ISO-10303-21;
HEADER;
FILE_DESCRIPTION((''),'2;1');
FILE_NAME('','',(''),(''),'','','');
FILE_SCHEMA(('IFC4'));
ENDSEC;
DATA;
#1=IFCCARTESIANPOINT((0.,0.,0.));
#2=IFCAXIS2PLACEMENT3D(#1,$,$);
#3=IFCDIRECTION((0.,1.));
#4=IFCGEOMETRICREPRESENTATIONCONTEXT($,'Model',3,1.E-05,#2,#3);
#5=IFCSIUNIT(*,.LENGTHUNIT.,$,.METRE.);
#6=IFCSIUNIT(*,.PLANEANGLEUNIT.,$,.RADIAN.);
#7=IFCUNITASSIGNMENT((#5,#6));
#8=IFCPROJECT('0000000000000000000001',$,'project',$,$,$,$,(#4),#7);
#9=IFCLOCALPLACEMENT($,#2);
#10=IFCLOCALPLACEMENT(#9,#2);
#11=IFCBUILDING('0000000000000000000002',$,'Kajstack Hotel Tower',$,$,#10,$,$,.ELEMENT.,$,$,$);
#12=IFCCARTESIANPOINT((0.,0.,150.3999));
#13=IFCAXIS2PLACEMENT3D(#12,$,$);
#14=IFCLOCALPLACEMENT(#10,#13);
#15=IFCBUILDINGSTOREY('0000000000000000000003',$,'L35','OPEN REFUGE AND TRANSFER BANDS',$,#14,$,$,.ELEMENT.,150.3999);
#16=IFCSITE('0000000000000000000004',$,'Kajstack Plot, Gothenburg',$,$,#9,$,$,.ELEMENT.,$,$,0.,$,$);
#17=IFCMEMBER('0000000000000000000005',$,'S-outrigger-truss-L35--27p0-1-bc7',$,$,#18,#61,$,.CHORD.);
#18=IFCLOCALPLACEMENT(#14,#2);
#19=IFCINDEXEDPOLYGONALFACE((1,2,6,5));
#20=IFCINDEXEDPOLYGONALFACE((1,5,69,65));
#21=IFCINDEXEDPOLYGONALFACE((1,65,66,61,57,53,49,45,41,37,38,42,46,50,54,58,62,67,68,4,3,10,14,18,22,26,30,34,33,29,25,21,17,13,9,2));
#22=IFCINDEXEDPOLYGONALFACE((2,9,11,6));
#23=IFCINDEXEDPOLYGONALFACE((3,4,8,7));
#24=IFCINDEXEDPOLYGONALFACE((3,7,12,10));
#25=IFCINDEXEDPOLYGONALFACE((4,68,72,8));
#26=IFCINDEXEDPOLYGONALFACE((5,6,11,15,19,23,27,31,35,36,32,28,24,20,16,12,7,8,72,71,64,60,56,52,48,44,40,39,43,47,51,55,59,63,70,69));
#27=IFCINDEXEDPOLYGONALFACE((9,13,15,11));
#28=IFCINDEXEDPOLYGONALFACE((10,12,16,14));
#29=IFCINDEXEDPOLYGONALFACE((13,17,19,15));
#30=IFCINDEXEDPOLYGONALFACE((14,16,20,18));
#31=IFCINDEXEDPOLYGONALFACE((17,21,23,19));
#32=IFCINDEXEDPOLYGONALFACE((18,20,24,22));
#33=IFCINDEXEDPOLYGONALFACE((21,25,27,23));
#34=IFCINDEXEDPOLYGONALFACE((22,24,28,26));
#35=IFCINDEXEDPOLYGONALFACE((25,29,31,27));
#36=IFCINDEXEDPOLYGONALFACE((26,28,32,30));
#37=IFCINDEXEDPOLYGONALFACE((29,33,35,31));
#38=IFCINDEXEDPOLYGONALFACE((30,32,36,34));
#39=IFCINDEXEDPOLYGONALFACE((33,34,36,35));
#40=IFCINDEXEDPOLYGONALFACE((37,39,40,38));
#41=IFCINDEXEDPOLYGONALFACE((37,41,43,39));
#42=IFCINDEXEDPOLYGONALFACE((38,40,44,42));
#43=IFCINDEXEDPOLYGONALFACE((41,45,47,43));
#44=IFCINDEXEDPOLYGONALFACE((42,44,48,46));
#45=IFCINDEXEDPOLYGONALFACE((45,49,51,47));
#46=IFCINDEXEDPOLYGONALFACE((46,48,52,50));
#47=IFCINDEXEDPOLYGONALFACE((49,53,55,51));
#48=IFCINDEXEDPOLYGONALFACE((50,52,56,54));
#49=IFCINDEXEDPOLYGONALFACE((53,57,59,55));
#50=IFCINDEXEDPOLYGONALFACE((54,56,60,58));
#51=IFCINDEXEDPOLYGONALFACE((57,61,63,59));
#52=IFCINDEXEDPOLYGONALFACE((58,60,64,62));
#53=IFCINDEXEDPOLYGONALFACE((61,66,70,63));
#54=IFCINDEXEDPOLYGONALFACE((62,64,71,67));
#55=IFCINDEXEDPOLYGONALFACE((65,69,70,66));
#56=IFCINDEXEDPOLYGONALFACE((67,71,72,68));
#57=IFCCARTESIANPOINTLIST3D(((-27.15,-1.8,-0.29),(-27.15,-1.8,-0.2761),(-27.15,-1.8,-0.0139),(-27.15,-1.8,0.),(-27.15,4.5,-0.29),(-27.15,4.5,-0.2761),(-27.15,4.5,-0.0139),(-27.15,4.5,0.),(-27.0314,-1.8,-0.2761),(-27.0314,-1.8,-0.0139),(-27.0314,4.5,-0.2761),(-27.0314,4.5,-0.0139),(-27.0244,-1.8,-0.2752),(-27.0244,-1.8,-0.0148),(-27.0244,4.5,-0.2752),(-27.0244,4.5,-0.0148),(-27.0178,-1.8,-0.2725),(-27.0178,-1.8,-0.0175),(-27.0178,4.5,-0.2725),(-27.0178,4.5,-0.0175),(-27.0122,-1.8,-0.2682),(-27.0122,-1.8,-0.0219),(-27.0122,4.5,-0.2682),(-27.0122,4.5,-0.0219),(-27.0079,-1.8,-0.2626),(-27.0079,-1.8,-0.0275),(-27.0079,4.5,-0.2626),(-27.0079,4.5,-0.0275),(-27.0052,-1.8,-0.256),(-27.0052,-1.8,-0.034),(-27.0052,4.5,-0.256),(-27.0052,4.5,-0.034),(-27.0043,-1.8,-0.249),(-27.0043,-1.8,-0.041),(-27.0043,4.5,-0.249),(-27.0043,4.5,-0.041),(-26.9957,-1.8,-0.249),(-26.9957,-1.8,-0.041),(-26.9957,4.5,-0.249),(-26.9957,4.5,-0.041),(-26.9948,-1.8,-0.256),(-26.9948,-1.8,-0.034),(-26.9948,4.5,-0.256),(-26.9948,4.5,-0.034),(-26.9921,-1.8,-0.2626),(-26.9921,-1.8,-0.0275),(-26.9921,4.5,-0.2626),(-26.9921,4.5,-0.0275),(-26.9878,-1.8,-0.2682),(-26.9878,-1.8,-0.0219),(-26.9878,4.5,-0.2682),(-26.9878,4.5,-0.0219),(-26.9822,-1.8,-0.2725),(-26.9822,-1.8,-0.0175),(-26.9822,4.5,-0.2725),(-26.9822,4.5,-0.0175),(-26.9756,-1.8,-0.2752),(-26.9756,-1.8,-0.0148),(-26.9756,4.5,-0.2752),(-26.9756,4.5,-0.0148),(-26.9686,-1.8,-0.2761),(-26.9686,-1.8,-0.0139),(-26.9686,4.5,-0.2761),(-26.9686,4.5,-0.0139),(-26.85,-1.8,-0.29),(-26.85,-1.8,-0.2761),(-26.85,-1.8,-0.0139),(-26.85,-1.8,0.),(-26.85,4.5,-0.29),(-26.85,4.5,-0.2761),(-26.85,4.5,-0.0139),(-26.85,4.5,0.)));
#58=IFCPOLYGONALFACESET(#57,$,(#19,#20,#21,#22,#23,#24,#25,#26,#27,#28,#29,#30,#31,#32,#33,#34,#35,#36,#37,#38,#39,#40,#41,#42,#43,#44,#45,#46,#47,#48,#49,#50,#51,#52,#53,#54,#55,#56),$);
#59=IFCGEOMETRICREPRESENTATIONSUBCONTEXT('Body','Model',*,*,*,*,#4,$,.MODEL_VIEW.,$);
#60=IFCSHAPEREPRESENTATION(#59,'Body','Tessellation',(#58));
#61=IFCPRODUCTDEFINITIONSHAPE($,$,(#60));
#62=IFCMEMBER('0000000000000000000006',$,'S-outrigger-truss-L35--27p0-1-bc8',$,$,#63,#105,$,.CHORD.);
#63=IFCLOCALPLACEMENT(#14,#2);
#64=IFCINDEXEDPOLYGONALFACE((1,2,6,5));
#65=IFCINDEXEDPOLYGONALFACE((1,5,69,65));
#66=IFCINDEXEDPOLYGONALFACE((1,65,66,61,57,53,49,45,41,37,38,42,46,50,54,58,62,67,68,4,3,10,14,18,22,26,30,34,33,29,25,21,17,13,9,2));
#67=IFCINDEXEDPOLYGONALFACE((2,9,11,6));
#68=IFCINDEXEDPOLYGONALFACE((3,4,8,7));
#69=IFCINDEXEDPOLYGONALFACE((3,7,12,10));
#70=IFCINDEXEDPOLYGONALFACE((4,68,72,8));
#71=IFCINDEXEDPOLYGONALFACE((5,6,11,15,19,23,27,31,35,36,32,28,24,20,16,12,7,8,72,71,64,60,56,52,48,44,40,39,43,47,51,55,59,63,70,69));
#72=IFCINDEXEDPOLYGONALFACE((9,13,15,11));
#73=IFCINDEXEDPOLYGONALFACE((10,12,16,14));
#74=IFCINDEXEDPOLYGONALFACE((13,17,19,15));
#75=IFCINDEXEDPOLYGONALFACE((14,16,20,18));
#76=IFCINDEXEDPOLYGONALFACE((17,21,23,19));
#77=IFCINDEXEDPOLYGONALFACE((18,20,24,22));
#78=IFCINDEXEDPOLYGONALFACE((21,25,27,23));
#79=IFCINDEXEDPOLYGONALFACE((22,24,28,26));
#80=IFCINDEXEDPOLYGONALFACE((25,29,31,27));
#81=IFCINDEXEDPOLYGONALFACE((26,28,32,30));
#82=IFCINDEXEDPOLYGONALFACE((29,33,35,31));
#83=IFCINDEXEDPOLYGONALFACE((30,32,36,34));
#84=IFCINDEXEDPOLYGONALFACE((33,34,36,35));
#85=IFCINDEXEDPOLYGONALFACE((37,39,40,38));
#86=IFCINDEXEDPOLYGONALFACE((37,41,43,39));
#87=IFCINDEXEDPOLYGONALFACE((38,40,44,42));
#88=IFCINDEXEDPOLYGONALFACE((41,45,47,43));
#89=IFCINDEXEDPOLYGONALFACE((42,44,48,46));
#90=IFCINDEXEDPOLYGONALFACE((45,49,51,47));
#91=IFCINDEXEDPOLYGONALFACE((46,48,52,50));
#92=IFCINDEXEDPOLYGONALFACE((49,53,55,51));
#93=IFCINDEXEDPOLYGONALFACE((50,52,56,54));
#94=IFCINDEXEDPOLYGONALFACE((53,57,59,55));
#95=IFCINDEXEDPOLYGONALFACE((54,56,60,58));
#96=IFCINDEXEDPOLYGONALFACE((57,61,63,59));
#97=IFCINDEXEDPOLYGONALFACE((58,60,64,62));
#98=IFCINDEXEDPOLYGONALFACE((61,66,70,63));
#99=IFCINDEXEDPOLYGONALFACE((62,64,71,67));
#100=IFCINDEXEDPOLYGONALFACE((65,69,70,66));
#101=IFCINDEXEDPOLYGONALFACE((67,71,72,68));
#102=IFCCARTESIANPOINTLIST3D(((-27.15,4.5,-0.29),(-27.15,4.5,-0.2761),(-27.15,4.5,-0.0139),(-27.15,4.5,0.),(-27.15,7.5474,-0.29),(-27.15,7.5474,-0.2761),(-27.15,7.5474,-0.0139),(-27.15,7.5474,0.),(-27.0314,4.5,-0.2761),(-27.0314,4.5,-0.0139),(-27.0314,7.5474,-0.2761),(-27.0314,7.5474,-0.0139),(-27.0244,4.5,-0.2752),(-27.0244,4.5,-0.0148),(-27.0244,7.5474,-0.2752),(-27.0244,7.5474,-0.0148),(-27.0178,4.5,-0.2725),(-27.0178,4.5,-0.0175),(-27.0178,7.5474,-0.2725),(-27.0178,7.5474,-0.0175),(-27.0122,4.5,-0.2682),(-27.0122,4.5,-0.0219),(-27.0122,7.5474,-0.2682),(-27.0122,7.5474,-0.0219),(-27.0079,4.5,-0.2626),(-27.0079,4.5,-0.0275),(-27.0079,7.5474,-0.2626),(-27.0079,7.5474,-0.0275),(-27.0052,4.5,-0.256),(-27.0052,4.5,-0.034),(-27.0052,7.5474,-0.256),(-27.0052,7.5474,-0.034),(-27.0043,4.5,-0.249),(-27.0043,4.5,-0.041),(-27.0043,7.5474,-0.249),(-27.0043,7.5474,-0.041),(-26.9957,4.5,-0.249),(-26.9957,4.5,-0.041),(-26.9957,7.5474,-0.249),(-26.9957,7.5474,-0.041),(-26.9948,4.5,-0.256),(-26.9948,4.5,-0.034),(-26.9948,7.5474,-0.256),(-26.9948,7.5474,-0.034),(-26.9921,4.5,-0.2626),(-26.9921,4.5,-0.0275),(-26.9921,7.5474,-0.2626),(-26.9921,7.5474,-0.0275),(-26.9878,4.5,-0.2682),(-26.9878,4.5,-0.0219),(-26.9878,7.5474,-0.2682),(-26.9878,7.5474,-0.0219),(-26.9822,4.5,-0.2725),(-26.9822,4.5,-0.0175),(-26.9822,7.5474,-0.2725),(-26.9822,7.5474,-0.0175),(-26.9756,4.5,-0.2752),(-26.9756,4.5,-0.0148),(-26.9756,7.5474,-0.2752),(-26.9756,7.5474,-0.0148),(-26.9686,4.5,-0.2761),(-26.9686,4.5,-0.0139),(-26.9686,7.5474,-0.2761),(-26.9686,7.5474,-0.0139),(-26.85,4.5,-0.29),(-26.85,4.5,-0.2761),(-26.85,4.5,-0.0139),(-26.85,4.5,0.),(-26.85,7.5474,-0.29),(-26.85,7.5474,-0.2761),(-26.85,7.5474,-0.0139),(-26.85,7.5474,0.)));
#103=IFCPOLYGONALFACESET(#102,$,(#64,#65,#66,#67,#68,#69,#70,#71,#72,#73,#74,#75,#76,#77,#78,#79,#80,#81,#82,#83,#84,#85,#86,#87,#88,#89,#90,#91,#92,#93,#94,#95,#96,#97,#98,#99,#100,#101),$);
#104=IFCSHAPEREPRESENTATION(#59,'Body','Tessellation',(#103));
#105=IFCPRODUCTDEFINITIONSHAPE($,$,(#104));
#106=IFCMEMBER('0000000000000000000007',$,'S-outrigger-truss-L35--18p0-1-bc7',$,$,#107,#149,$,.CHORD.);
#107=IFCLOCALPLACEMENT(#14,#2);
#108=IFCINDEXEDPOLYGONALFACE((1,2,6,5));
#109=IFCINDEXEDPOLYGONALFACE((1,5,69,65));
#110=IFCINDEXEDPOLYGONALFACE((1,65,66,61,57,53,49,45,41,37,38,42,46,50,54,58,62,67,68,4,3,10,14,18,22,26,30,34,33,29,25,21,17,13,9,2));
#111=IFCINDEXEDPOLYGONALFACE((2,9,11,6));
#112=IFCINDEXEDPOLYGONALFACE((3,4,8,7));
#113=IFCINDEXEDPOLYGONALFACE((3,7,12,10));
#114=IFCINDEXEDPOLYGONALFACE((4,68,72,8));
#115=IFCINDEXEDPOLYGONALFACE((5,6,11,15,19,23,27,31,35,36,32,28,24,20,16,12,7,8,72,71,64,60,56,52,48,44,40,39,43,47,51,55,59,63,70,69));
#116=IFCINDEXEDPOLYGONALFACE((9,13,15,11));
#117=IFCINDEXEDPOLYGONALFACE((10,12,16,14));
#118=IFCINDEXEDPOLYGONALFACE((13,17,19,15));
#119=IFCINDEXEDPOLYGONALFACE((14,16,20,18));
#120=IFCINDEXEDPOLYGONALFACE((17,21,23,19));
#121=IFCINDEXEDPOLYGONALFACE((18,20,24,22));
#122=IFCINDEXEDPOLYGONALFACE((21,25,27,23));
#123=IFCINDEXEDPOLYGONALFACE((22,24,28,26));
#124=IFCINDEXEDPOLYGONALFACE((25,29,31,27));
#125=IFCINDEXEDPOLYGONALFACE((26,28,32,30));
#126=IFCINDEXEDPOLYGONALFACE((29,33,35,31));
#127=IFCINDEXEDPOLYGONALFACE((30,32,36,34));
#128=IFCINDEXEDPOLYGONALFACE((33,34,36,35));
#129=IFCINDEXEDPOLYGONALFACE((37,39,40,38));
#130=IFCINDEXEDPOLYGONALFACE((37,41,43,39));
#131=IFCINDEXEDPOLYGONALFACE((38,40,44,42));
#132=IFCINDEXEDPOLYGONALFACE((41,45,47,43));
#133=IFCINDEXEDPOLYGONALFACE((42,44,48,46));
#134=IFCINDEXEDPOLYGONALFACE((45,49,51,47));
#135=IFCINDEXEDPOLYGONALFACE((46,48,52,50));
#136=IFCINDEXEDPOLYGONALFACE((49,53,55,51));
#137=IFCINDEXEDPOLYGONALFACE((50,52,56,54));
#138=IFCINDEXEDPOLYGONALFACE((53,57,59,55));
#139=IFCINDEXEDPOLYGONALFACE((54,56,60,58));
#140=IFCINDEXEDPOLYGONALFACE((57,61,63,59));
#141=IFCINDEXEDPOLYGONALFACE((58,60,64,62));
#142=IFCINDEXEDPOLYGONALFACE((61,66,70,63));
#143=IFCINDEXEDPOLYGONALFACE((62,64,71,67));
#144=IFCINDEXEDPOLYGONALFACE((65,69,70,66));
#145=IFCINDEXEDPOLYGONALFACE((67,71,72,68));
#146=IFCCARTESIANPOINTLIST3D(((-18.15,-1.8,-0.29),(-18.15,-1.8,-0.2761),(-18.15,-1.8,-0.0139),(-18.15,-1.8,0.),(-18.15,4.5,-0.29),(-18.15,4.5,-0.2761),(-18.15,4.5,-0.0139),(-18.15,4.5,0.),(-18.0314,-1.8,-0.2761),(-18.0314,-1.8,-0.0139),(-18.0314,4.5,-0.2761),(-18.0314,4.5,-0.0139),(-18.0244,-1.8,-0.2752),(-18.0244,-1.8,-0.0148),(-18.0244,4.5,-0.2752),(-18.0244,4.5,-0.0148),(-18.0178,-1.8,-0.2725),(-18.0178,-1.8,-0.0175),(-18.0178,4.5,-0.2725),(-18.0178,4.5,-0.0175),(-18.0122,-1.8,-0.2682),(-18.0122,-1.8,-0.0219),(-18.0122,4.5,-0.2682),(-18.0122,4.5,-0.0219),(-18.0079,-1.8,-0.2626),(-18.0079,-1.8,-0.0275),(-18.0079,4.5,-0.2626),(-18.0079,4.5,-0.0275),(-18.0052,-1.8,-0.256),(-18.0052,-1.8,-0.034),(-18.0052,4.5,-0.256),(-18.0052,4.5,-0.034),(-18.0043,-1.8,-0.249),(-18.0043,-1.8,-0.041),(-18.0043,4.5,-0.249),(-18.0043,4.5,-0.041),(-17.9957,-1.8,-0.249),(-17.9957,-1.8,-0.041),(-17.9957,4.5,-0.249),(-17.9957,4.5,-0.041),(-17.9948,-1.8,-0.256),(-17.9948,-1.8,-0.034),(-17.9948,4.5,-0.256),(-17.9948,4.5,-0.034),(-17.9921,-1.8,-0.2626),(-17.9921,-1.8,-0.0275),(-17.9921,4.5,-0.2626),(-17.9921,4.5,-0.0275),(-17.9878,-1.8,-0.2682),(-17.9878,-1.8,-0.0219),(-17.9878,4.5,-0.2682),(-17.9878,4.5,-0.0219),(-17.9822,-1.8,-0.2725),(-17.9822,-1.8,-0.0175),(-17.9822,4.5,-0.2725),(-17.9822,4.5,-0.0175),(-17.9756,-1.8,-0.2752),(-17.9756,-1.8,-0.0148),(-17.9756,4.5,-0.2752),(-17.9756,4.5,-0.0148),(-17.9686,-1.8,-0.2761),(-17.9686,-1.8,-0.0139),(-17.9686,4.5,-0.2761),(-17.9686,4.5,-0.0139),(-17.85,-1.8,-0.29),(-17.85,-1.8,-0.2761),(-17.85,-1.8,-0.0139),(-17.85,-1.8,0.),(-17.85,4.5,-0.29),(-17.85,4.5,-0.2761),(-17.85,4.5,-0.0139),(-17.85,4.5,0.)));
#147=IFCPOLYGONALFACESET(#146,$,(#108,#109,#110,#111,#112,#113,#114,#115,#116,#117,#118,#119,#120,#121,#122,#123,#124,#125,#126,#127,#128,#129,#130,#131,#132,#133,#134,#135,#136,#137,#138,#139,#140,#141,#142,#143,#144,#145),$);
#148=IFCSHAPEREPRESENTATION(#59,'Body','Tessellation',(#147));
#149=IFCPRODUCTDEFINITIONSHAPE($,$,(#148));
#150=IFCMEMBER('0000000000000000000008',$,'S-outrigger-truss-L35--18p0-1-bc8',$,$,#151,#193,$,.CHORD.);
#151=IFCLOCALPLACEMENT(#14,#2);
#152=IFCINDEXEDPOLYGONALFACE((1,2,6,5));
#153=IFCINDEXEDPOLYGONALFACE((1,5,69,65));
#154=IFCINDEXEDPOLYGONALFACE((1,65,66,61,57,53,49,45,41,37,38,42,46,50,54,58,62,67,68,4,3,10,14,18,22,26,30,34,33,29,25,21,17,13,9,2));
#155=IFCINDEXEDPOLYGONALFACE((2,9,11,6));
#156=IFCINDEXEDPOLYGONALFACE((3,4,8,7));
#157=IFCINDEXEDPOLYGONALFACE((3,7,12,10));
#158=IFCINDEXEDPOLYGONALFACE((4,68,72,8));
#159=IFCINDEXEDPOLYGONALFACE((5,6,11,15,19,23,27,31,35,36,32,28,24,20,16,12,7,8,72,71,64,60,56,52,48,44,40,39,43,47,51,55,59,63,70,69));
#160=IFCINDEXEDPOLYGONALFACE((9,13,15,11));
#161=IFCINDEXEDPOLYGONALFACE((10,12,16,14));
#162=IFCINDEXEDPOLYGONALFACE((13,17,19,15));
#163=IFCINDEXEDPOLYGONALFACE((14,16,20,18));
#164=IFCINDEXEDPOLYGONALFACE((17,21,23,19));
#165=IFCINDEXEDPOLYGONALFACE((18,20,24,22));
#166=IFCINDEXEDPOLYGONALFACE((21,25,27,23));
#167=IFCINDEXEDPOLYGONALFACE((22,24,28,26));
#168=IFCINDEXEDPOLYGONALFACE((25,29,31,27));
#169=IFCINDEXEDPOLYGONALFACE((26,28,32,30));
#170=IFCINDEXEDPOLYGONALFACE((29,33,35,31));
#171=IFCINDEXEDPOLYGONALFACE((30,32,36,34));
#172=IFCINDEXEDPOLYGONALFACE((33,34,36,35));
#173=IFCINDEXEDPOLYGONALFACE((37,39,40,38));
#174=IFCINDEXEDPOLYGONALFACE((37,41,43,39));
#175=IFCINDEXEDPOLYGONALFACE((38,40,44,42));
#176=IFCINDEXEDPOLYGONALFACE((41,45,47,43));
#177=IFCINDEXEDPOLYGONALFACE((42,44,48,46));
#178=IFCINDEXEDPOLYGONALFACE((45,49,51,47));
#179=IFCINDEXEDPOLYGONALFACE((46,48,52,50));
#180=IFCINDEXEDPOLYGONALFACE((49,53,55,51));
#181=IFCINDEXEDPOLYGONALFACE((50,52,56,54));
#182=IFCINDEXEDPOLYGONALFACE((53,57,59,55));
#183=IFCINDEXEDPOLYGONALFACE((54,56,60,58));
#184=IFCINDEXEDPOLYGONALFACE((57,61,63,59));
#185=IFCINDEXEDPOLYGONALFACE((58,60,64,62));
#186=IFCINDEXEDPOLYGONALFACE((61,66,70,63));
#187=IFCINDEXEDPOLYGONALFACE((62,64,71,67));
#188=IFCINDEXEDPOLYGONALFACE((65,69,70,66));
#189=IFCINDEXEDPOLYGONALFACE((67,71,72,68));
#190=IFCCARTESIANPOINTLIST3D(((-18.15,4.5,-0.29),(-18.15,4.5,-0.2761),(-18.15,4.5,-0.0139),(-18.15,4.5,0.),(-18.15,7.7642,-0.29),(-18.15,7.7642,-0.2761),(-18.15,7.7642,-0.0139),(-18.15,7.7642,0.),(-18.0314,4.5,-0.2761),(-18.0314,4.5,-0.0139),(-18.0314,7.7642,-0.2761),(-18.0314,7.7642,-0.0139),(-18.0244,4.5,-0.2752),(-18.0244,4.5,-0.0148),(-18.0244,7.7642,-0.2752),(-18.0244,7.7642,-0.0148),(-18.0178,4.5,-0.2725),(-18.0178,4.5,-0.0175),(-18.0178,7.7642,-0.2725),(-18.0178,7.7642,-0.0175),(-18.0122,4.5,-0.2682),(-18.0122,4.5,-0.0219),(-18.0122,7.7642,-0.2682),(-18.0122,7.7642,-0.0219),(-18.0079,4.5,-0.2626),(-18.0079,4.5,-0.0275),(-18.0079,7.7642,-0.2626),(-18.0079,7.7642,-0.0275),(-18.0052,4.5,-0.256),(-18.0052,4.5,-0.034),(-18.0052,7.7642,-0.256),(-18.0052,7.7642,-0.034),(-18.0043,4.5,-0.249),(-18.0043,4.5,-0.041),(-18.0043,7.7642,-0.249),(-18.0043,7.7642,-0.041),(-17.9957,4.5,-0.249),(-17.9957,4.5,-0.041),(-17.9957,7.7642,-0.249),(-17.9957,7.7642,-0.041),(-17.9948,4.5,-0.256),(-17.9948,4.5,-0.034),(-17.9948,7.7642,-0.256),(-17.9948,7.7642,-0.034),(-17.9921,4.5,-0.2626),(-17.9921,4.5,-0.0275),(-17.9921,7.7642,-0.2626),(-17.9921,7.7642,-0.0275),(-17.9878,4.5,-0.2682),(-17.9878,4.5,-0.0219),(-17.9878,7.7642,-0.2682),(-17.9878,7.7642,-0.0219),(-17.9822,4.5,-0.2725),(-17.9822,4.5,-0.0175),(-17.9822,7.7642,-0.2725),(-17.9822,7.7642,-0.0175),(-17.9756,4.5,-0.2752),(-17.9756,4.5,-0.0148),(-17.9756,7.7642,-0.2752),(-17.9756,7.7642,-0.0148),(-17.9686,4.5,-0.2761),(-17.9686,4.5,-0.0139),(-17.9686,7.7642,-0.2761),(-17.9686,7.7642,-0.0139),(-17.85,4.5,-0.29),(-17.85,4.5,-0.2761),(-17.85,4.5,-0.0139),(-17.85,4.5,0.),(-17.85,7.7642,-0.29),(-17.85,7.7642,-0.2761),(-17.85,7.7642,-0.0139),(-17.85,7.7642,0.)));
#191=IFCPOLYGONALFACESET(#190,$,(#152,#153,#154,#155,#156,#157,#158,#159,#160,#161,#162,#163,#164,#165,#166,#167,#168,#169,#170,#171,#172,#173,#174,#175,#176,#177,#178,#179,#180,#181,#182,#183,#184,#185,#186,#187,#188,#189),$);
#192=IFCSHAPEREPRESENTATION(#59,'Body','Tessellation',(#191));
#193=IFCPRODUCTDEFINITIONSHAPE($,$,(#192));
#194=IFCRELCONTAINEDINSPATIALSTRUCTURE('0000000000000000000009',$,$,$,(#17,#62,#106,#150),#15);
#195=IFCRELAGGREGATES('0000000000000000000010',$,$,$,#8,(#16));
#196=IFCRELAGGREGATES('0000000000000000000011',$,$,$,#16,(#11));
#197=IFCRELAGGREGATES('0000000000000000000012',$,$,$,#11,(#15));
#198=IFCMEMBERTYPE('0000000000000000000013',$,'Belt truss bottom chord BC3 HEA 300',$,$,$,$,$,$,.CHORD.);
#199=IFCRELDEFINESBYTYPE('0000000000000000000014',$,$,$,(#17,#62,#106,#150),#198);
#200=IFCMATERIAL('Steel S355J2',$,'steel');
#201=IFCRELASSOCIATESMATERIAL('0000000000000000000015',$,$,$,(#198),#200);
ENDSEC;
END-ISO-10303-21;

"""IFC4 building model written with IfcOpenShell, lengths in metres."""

from ifc_helpers import new_model, si_unit, direction, frame, origin, origin_2d, place, context, subcontext, project, spatial, i_section, extrude, material, material_profile, profile_set, type_object, element, save


model = new_model("IFC4")

# Units and contexts
model_context = context("Model", 3, precision=1e-05, world=origin(), true_north=direction((0.0, 1.0)))
body_context = subcontext(model_context, "Body", "Model", "MODEL_VIEW")
ifc_project = project(units=[si_unit("LENGTHUNIT", "METRE"), si_unit("PLANEANGLEUNIT", "RADIAN")], contexts=[model_context])

# Site, building, storey
site_placement = place(None, origin())
site = spatial("IfcSite", under=ifc_project, at=site_placement, Name="Kajstack Plot, Gothenburg", CompositionType="ELEMENT", RefElevation=0.0)
building_placement = place(site_placement, origin())
building = spatial("IfcBuilding", under=site, at=building_placement, Name="Kajstack Hotel Tower", CompositionType="ELEMENT")
storey_placement = place(building_placement, frame((0.0, 0.0, 150.3999)))
storey = spatial("IfcBuildingStorey", under=building, at=storey_placement, Name="L35", Description="OPEN REFUGE AND TRANSFER BANDS", CompositionType="ELEMENT", Elevation=150.3999)

# Members
ifc_material_1 = material(Name="Steel S355J2", Category="steel")
ifc_material_profile_1 = material_profile(ifc_material_1, i_section(OverallWidth=0.3, OverallDepth=0.29, WebThickness=0.0085, FlangeThickness=0.0139, FilletRadius=0.0271, at=origin_2d()), Name="HEA 300")
ifc_profile_set_1 = profile_set([ifc_material_profile_1], Name="Steel S355J2")
member_type_1 = type_object("IfcMemberType", Name="Belt truss bottom chord BC3 HEA 300", PredefinedType="CHORD", material=ifc_profile_set_1)
member_1_placement = place(storey_placement, frame((-27.0, -1.8, -0.145), z_axis=(0.0, 1.0, 0.0), x_axis=(-1.0, 0.0, 0.0)))
element("IfcMember", 1, at=member_1_placement, inside=storey, type_object=member_type_1, Name="S-outrigger-truss-L35--27p0-1-bc7", PredefinedType="CHORD", context=body_context, shape_type="SweptSolid", body=[
    extrude(i_section(OverallWidth=0.3, OverallDepth=0.29, WebThickness=0.0085, FlangeThickness=0.0139, FilletRadius=0.0271, at=origin_2d()), origin(), (0.0, 0.0, 1.0), 6.3),
])
member_2_placement = place(storey_placement, frame((-27.0, 4.5, -0.145), z_axis=(0.0, 1.0, 0.0), x_axis=(-1.0, 0.0, 0.0)))
element("IfcMember", 2, at=member_2_placement, inside=storey, type_object=member_type_1, Name="S-outrigger-truss-L35--27p0-1-bc8", PredefinedType="CHORD", context=body_context, shape_type="SweptSolid", body=[
    extrude(i_section(OverallWidth=0.3, OverallDepth=0.29, WebThickness=0.0085, FlangeThickness=0.0139, FilletRadius=0.0271, at=origin_2d()), origin(), (0.0, 0.0, 1.0), 3.0474),
])
member_3_placement = place(storey_placement, frame((-18.0, -1.8, -0.145), z_axis=(0.0, 1.0, 0.0), x_axis=(-1.0, 0.0, 0.0)))
element("IfcMember", 3, at=member_3_placement, inside=storey, type_object=member_type_1, Name="S-outrigger-truss-L35--18p0-1-bc7", PredefinedType="CHORD", context=body_context, shape_type="SweptSolid", body=[
    extrude(i_section(OverallWidth=0.3, OverallDepth=0.29, WebThickness=0.0085, FlangeThickness=0.0139, FilletRadius=0.0271, at=origin_2d()), origin(), (0.0, 0.0, 1.0), 6.3),
])
member_4_placement = place(storey_placement, frame((-18.0, 4.5, -0.145), z_axis=(0.0, 1.0, 0.0), x_axis=(-1.0, 0.0, 0.0)))
element("IfcMember", 4, at=member_4_placement, inside=storey, type_object=member_type_1, Name="S-outrigger-truss-L35--18p0-1-bc8", PredefinedType="CHORD", context=body_context, shape_type="SweptSolid", body=[
    extrude(i_section(OverallWidth=0.3, OverallDepth=0.29, WebThickness=0.0085, FlangeThickness=0.0139, FilletRadius=0.0271, at=origin_2d()), origin(), (0.0, 0.0, 1.0), 3.2642),
])

save(model, "model.ifc")
